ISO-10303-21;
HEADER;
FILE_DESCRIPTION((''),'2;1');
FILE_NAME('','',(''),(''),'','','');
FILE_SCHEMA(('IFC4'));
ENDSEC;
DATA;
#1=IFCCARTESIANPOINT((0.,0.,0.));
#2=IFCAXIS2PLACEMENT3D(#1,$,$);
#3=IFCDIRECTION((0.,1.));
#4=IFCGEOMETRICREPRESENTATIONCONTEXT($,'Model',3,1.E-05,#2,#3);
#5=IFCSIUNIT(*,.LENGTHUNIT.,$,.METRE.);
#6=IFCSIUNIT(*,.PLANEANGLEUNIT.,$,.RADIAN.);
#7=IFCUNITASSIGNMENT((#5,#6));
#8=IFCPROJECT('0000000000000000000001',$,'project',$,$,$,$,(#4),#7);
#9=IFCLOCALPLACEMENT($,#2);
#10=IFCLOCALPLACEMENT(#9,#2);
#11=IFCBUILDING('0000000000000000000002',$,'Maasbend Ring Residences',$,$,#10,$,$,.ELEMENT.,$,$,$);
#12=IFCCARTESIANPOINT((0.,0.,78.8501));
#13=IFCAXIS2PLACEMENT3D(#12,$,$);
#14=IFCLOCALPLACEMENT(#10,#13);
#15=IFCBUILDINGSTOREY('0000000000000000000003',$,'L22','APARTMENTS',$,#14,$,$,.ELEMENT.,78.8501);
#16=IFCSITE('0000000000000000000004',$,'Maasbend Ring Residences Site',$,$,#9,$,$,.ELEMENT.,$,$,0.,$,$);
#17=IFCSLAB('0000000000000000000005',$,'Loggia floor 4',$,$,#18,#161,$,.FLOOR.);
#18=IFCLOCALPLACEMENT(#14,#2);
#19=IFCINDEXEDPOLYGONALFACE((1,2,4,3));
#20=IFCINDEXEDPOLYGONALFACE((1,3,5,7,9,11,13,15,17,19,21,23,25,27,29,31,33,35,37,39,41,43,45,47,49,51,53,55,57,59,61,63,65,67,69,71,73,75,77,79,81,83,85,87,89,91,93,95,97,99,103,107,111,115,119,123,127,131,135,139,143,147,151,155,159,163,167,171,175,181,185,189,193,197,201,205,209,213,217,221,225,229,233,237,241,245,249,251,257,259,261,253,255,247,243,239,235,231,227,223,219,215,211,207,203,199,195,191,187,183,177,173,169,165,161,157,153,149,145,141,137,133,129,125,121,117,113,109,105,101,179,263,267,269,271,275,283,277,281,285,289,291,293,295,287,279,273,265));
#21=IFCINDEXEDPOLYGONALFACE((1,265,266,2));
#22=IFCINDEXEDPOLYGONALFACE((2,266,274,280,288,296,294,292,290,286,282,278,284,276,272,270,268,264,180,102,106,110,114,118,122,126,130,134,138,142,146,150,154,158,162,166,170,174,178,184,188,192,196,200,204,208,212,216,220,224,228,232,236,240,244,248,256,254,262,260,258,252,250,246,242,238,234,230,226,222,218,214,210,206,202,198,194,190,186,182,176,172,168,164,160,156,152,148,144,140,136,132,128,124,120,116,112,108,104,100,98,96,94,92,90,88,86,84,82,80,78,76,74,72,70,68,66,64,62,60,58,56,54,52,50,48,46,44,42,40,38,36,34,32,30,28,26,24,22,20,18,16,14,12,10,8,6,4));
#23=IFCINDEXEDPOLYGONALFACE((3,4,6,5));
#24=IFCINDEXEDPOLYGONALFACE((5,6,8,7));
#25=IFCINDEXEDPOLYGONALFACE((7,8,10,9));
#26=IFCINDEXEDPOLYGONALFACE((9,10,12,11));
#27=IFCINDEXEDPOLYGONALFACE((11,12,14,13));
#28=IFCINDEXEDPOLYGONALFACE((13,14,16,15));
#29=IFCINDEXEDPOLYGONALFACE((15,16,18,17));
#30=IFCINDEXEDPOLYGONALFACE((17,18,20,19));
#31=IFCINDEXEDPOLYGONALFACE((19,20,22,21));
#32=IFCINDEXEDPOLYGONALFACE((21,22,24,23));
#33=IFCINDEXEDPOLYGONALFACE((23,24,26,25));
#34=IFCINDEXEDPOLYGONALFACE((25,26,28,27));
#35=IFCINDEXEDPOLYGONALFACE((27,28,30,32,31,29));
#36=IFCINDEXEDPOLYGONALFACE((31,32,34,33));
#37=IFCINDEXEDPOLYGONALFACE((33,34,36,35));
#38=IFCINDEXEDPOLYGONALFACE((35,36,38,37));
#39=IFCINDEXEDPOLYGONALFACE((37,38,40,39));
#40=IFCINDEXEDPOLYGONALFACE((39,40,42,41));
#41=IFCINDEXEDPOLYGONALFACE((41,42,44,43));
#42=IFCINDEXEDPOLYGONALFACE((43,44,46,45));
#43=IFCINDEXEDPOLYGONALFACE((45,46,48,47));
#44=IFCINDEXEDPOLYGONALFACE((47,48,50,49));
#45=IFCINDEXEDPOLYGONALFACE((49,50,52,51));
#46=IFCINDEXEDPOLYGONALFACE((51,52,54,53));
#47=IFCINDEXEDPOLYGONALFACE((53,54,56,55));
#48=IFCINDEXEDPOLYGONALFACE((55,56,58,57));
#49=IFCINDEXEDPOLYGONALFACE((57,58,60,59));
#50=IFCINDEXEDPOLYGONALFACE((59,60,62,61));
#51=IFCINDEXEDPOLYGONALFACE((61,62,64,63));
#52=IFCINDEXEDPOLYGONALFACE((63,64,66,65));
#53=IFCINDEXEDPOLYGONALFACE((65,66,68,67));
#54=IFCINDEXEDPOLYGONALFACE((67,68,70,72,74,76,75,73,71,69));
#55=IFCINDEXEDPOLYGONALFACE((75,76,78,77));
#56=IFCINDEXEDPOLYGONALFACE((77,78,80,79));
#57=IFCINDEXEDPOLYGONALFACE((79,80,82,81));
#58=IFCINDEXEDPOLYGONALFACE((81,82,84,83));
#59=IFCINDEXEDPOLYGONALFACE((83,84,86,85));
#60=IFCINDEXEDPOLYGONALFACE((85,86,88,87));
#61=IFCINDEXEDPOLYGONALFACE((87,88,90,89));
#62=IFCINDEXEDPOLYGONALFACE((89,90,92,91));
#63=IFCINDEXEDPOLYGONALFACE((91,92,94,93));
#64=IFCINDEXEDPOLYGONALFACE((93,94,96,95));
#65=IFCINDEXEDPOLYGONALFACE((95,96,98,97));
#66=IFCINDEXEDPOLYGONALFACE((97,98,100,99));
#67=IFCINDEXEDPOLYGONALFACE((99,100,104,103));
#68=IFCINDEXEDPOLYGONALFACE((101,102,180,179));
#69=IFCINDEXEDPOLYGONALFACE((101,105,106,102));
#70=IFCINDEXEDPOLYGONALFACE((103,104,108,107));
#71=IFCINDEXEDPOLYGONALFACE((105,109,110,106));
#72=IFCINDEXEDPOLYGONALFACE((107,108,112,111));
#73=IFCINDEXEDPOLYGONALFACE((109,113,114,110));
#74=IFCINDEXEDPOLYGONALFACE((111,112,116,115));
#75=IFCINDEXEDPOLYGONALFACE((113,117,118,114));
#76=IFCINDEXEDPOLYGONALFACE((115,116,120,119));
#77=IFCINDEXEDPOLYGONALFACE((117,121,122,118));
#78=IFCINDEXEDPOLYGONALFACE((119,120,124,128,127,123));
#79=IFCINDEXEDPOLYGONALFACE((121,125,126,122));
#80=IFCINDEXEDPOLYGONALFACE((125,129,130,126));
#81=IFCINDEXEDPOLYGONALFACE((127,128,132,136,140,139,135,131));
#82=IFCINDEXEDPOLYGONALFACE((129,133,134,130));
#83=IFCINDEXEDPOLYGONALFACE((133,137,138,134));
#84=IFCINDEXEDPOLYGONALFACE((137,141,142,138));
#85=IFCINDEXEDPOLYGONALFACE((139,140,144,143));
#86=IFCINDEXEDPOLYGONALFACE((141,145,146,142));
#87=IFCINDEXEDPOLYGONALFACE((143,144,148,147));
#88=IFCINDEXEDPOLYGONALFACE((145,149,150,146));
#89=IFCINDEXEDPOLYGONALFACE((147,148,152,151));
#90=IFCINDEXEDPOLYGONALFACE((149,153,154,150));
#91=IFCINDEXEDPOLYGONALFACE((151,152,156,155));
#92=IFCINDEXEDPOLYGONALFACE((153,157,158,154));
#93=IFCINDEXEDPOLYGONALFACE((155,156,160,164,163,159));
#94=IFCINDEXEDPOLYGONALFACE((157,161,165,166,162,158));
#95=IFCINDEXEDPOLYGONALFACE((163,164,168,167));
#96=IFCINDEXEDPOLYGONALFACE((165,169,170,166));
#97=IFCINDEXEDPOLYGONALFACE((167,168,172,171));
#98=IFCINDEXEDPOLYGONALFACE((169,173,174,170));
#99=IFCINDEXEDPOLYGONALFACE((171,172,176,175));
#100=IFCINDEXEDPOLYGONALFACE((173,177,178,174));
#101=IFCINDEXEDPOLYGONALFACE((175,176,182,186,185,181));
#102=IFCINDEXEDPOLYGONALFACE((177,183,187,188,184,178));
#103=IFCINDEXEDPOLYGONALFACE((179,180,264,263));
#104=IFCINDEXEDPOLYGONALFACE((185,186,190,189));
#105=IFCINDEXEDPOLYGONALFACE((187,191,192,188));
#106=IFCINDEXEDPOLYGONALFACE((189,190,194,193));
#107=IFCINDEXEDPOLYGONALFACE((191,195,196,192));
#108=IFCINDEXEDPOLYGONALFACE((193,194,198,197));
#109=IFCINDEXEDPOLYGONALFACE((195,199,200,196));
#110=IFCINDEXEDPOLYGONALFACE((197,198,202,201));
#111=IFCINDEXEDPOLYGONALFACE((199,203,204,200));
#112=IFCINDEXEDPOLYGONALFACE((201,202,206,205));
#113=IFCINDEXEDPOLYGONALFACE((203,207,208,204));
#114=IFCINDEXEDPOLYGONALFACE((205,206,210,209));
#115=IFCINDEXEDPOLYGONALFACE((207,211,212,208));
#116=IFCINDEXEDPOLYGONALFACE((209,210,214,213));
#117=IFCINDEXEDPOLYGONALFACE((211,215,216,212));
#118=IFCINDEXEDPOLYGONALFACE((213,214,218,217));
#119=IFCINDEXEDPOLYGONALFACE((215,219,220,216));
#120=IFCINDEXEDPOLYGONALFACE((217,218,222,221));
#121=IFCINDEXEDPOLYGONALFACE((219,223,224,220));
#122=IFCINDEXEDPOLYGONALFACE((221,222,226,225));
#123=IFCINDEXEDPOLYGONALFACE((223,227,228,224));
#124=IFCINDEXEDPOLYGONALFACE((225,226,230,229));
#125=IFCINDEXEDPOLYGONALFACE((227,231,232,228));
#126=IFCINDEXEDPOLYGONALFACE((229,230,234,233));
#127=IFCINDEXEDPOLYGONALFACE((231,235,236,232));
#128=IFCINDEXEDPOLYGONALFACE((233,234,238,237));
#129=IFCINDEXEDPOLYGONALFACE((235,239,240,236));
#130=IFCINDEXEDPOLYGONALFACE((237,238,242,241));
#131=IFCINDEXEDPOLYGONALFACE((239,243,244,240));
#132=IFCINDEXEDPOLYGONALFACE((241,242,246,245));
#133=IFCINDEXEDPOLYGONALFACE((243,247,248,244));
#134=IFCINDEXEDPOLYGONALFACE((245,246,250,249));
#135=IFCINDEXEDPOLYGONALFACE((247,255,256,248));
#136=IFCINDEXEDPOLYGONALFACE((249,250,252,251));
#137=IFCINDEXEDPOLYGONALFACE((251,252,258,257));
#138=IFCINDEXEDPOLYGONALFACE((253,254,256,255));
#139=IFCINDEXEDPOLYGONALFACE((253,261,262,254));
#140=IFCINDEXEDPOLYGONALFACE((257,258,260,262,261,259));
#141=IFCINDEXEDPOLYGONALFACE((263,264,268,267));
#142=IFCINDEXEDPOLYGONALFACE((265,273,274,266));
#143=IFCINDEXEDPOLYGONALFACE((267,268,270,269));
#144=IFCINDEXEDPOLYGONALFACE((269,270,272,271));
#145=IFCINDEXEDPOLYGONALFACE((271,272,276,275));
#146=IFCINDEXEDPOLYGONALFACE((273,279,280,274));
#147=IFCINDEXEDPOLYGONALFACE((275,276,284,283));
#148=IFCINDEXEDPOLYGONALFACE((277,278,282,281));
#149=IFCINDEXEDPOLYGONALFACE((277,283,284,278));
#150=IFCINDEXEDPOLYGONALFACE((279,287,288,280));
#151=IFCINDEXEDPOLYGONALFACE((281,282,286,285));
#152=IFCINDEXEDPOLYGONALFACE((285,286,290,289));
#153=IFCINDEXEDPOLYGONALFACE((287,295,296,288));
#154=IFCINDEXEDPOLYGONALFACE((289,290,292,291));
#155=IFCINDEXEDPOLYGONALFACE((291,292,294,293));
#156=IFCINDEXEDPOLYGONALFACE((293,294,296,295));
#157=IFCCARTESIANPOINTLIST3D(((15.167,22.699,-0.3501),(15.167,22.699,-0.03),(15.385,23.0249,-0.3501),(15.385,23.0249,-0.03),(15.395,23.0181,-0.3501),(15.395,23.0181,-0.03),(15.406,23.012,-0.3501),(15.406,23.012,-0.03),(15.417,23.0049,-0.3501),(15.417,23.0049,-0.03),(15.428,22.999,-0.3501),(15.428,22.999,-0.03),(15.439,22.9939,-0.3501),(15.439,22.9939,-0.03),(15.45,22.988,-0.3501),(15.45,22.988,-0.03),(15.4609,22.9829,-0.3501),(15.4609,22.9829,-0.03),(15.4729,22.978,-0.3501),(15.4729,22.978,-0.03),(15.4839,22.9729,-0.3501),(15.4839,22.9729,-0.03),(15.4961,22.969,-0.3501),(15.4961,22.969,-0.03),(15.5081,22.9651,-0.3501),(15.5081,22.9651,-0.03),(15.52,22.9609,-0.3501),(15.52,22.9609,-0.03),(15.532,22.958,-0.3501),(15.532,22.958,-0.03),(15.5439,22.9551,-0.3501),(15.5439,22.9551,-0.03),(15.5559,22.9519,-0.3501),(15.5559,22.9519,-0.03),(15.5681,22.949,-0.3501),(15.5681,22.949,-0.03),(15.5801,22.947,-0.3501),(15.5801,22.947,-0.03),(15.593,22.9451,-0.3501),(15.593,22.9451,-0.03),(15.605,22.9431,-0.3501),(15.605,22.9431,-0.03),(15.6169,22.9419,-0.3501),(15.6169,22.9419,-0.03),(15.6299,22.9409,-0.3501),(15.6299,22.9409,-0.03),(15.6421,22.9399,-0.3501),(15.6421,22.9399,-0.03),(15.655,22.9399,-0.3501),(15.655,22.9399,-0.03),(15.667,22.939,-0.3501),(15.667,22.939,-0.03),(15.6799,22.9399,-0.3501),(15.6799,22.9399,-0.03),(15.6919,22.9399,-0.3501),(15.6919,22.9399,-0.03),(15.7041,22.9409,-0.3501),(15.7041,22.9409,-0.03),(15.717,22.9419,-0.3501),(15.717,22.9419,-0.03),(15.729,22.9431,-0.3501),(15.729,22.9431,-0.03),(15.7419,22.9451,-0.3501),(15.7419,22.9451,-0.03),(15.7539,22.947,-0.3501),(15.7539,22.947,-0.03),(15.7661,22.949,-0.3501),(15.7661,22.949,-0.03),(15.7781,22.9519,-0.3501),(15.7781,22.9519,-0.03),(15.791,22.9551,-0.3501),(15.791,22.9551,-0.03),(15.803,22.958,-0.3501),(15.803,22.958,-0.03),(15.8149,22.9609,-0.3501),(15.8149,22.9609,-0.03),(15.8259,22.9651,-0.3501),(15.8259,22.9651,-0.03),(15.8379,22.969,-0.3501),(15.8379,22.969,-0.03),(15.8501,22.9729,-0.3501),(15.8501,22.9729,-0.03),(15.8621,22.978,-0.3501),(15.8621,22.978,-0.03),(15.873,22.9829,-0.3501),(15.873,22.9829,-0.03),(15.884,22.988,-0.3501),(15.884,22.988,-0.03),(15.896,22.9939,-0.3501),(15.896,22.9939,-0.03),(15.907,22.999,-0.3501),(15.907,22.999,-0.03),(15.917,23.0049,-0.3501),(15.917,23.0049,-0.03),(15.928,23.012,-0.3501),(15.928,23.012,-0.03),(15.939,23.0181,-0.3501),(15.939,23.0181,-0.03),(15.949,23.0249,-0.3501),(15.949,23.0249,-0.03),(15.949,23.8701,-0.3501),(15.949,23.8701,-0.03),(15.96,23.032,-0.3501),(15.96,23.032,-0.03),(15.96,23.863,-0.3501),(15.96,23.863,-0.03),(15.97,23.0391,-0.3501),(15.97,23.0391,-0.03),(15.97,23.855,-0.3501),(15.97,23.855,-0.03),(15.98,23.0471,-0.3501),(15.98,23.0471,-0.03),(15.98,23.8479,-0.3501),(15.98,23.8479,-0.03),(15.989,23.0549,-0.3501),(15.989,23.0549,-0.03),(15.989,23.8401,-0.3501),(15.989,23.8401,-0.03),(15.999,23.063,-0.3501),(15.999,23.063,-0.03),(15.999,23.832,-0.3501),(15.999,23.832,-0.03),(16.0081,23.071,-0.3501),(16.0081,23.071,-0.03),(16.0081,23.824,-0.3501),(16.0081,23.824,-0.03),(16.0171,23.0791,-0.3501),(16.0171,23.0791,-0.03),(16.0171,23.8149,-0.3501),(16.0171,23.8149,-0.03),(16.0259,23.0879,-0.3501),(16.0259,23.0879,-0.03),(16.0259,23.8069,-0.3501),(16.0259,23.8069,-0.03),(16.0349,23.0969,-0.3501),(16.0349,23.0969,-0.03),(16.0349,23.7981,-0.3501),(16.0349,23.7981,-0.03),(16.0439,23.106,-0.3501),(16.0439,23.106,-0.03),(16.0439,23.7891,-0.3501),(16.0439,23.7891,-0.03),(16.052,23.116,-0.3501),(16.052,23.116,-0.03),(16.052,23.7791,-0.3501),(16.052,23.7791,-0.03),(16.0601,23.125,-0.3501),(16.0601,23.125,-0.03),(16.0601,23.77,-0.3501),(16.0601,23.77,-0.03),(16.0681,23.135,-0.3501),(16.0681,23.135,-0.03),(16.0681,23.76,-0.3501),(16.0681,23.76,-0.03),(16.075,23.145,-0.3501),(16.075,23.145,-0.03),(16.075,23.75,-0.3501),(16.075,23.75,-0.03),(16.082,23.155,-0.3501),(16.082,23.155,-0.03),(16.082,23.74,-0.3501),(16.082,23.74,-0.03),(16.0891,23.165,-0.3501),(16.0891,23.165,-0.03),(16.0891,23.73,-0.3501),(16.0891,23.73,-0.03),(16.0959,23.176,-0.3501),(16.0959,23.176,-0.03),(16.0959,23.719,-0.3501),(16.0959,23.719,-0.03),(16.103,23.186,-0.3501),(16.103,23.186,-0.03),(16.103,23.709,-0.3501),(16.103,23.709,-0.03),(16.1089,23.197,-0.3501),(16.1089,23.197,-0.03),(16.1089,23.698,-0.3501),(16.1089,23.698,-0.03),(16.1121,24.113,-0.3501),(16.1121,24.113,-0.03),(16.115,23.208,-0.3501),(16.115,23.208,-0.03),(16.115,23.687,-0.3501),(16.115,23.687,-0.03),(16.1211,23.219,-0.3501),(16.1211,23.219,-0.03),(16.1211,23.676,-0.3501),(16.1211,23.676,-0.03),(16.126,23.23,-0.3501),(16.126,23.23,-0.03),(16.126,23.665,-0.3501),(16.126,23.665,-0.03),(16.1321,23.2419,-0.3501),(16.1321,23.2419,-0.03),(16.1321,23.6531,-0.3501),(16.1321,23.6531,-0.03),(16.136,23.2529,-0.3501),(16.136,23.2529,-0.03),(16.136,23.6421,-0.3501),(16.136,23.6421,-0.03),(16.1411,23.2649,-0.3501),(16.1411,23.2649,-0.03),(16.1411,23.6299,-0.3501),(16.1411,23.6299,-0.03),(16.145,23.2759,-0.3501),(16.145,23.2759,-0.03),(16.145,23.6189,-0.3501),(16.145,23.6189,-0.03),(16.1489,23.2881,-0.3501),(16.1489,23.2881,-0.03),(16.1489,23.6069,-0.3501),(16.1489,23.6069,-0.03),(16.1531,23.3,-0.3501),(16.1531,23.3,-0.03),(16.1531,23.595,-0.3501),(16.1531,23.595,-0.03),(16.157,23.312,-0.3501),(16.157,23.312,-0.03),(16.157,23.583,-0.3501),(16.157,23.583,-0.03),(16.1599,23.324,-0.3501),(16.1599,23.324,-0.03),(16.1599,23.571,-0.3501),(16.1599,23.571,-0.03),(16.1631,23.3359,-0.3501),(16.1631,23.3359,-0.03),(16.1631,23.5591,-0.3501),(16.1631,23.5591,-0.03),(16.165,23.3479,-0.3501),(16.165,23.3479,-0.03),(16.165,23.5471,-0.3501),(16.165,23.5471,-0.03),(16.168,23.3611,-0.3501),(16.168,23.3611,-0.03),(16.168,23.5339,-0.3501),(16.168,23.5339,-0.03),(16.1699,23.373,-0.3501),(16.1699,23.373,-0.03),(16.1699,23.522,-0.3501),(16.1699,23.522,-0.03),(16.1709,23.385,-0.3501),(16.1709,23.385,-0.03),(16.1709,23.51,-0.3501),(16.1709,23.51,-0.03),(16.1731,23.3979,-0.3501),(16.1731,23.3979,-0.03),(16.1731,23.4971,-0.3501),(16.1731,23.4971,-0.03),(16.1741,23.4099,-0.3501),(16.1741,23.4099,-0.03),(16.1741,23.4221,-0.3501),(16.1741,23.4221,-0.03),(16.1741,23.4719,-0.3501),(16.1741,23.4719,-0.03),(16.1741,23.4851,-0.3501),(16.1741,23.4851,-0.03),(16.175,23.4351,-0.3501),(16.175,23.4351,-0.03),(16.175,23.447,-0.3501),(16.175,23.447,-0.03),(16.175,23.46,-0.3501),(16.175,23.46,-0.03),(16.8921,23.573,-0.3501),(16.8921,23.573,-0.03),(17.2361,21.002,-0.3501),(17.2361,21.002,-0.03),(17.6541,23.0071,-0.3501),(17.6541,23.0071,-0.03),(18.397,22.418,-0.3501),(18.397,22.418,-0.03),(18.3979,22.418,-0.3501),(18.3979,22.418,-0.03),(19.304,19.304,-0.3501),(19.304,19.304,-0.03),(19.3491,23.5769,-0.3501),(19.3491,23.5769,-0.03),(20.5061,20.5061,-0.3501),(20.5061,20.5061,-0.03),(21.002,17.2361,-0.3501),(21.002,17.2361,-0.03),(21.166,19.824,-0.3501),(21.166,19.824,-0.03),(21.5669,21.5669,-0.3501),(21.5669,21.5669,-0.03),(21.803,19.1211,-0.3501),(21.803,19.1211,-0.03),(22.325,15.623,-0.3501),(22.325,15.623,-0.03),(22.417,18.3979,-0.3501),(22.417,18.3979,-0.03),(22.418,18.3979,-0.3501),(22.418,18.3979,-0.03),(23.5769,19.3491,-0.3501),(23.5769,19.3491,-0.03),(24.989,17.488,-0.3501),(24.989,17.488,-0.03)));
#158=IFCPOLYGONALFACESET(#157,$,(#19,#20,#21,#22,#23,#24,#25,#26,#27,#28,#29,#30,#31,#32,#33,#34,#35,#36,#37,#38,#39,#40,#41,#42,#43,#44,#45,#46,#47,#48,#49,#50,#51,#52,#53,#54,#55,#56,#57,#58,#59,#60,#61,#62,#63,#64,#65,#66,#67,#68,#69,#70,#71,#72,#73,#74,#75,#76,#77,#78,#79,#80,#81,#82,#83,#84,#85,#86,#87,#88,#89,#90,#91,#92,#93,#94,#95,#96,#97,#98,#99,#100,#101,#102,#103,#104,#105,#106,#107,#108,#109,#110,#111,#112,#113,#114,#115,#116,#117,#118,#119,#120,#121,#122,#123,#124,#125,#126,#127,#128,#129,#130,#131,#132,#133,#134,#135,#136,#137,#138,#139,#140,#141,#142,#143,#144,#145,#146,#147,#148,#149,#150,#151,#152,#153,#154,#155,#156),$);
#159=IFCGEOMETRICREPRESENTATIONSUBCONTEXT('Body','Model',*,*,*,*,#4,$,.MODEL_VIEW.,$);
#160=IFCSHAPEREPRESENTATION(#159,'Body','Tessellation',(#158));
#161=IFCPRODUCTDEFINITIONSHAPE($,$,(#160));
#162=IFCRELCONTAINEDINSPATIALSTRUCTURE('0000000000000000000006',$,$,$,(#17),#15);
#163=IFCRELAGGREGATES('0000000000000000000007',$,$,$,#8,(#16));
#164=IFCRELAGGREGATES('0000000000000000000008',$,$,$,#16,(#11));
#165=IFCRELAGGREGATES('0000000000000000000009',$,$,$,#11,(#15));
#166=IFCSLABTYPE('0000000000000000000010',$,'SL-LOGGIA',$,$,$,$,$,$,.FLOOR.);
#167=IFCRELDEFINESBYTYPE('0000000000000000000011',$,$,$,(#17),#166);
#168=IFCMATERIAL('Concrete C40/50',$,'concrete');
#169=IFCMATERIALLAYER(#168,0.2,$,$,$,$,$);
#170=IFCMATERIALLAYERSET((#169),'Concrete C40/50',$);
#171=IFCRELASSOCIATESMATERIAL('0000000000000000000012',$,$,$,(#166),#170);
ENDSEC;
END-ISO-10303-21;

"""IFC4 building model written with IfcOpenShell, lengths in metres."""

from ifc_helpers import new_model, si_unit, direction, frame, origin, place, context, subcontext, project, spatial, polyline, outline, extrude, material, layer, layer_set, type_object, element, save


model = new_model("IFC4")

# Units and contexts
model_context = context("Model", 3, precision=1e-05, world=origin(), true_north=direction((0.0, 1.0)))
body_context = subcontext(model_context, "Body", "Model", "MODEL_VIEW")
ifc_project = project(units=[si_unit("LENGTHUNIT", "METRE"), si_unit("PLANEANGLEUNIT", "RADIAN")], contexts=[model_context])

# Site, building, storey
site_placement = place(None, origin())
site = spatial("IfcSite", under=ifc_project, at=site_placement, Name="Maasbend Ring Residences Site", CompositionType="ELEMENT", RefElevation=0.0)
building_placement = place(site_placement, origin())
building = spatial("IfcBuilding", under=site, at=building_placement, Name="Maasbend Ring Residences", CompositionType="ELEMENT")
storey_placement = place(building_placement, frame((0.0, 0.0, 78.8501)))
storey = spatial("IfcBuildingStorey", under=building, at=storey_placement, Name="L22", Description="APARTMENTS", CompositionType="ELEMENT", Elevation=78.8501)

# Slab
ifc_material_1 = material(Name="Concrete C40/50", Category="concrete")
ifc_layer_1 = layer(ifc_material_1, 0.2)
ifc_layer_set_1 = layer_set([ifc_layer_1], Name="Concrete C40/50")
slab_type_1 = type_object("IfcSlabType", Name="SL-LOGGIA", PredefinedType="FLOOR", material=ifc_layer_set_1)
slab_1_placement = place(storey_placement, frame((0.0, 0.0, -0.3501)))
element("IfcSlab", 1, at=slab_1_placement, inside=storey, type_object=slab_type_1, Name="Loggia floor 4", PredefinedType="FLOOR", context=body_context, shape_type="SweptSolid", body=[
    extrude(outline(polyline([(15.406, 23.012), (15.417, 23.0049), (15.428, 22.999), (15.439, 22.9939), (15.45, 22.988), (15.4609, 22.9829), (15.4729, 22.978), (15.4839, 22.9729), (15.4961, 22.969), (15.5081, 22.9651), (15.52, 22.9609), (15.532, 22.958), (15.5439, 22.9551), (15.5559, 22.9519), (15.5681, 22.949), (15.5801, 22.947), (15.593, 22.9451), (15.605, 22.9431), (15.6169, 22.9419), (15.6299, 22.9409), (15.6421, 22.9399), (15.655, 22.9399), (15.667, 22.939), (15.6799, 22.9399), (15.6919, 22.9399), (15.7041, 22.9409), (15.717, 22.9419), (15.729, 22.9431), (15.7419, 22.9451), (15.7539, 22.947), (15.7661, 22.949), (15.7781, 22.9519), (15.791, 22.9551), (15.803, 22.958), (15.8149, 22.9609), (15.8259, 22.9651), (15.8379, 22.969), (15.8501, 22.9729), (15.8621, 22.978), (15.873, 22.9829), (15.884, 22.988), (15.896, 22.9939), (15.907, 22.999), (15.917, 23.0049), (15.928, 23.012), (15.939, 23.0181), (15.949, 23.0249), (15.96, 23.032), (15.97, 23.0391), (15.98, 23.0471), (15.989, 23.0549), (15.999, 23.063), (16.0081, 23.071), (16.0171, 23.0791), (16.0259, 23.0879), (16.0349, 23.0969), (16.0439, 23.106), (16.052, 23.116), (16.0601, 23.125), (16.0681, 23.135), (16.075, 23.145), (16.082, 23.155), (16.0891, 23.165), (16.0959, 23.176), (16.103, 23.186), (16.1089, 23.197), (16.115, 23.208), (16.1211, 23.219), (16.126, 23.23), (16.1321, 23.2419), (16.136, 23.2529), (16.1411, 23.2649), (16.145, 23.2759), (16.1489, 23.2881), (16.1531, 23.3), (16.157, 23.312), (16.1599, 23.324), (16.1631, 23.3359), (16.165, 23.3479), (16.168, 23.3611), (16.1699, 23.373), (16.1709, 23.385), (16.1731, 23.3979), (16.1741, 23.4099), (16.1741, 23.4221), (16.175, 23.4351), (16.175, 23.447), (16.175, 23.46), (16.1741, 23.4719), (16.1741, 23.4851), (16.1731, 23.4971), (16.1709, 23.51), (16.1699, 23.522), (16.168, 23.5339), (16.165, 23.5471), (16.1631, 23.5591), (16.1599, 23.571), (16.157, 23.583), (16.1531, 23.595), (16.1489, 23.6069), (16.145, 23.6189), (16.1411, 23.6299), (16.136, 23.6421), (16.1321, 23.6531), (16.126, 23.665), (16.1211, 23.676), (16.115, 23.687), (16.1089, 23.698), (16.103, 23.709), (16.0959, 23.719), (16.0891, 23.73), (16.082, 23.74), (16.075, 23.75), (16.0681, 23.76), (16.0601, 23.77), (16.052, 23.7791), (16.0439, 23.7891), (16.0349, 23.7981), (16.0259, 23.8069), (16.0171, 23.8149), (16.0081, 23.824), (15.999, 23.832), (15.989, 23.8401), (15.98, 23.8479), (15.97, 23.855), (15.96, 23.863), (15.949, 23.8701), (15.949, 23.8701), (16.1121, 24.113), (16.1121, 24.113), (16.1121, 24.113), (16.8921, 23.573), (16.8921, 23.573), (17.6541, 23.0071), (17.6541, 23.0071), (18.397, 22.418), (18.397, 22.418), (18.397, 22.418), (18.397, 22.418), (18.397, 22.418), (18.397, 22.418), (18.397, 22.418), (18.397, 22.418), (18.397, 22.418), (18.397, 22.418), (18.397, 22.418), (18.3979, 22.418), (18.3979, 22.418), (18.3979, 22.418), (18.3979, 22.418), (18.3979, 22.418), (18.3979, 22.418), (19.3491, 23.5769), (19.3491, 23.5769), (19.3491, 23.5769), (21.5669, 21.5669), (21.5669, 21.5669), (21.5669, 21.5669), (20.5061, 20.5061), (20.5061, 20.5061), (20.5061, 20.5061), (20.5061, 20.5061), (20.5061, 20.5061), (20.5061, 20.5061), (20.5061, 20.5061), (20.5061, 20.5061), (20.5061, 20.5061), (20.5061, 20.5061), (20.5061, 20.5061), (20.5061, 20.5061), (20.5061, 20.5061), (20.5061, 20.5061), (20.5061, 20.5061), (20.5061, 20.5061), (20.5061, 20.5061), (21.166, 19.824), (21.166, 19.824), (21.803, 19.1211), (21.803, 19.1211), (22.417, 18.3979), (22.417, 18.3979), (22.417, 18.3979), (22.417, 18.3979), (22.417, 18.3979), (22.417, 18.3979), (22.417, 18.3979), (22.417, 18.3979), (22.417, 18.3979), (22.417, 18.3979), (22.417, 18.3979), (22.417, 18.3979), (22.418, 18.3979), (22.418, 18.3979), (22.418, 18.3979), (22.418, 18.3979), (22.418, 18.3979), (23.5769, 19.3491), (23.5769, 19.3491), (23.5769, 19.3491), (24.989, 17.488), (24.989, 17.488), (24.989, 17.488), (22.325, 15.623), (22.325, 15.623), (22.325, 15.623), (21.002, 17.2361), (19.304, 19.304), (19.304, 19.304), (19.304, 19.304), (17.2361, 21.002), (15.167, 22.699), (15.167, 22.699), (15.167, 22.699), (15.385, 23.0249), (15.385, 23.0249), (15.395, 23.0181), (15.406, 23.012)])), origin(), (0.0, 0.0, 1.0), 0.3201),
])

save(model, "model.ifc")
